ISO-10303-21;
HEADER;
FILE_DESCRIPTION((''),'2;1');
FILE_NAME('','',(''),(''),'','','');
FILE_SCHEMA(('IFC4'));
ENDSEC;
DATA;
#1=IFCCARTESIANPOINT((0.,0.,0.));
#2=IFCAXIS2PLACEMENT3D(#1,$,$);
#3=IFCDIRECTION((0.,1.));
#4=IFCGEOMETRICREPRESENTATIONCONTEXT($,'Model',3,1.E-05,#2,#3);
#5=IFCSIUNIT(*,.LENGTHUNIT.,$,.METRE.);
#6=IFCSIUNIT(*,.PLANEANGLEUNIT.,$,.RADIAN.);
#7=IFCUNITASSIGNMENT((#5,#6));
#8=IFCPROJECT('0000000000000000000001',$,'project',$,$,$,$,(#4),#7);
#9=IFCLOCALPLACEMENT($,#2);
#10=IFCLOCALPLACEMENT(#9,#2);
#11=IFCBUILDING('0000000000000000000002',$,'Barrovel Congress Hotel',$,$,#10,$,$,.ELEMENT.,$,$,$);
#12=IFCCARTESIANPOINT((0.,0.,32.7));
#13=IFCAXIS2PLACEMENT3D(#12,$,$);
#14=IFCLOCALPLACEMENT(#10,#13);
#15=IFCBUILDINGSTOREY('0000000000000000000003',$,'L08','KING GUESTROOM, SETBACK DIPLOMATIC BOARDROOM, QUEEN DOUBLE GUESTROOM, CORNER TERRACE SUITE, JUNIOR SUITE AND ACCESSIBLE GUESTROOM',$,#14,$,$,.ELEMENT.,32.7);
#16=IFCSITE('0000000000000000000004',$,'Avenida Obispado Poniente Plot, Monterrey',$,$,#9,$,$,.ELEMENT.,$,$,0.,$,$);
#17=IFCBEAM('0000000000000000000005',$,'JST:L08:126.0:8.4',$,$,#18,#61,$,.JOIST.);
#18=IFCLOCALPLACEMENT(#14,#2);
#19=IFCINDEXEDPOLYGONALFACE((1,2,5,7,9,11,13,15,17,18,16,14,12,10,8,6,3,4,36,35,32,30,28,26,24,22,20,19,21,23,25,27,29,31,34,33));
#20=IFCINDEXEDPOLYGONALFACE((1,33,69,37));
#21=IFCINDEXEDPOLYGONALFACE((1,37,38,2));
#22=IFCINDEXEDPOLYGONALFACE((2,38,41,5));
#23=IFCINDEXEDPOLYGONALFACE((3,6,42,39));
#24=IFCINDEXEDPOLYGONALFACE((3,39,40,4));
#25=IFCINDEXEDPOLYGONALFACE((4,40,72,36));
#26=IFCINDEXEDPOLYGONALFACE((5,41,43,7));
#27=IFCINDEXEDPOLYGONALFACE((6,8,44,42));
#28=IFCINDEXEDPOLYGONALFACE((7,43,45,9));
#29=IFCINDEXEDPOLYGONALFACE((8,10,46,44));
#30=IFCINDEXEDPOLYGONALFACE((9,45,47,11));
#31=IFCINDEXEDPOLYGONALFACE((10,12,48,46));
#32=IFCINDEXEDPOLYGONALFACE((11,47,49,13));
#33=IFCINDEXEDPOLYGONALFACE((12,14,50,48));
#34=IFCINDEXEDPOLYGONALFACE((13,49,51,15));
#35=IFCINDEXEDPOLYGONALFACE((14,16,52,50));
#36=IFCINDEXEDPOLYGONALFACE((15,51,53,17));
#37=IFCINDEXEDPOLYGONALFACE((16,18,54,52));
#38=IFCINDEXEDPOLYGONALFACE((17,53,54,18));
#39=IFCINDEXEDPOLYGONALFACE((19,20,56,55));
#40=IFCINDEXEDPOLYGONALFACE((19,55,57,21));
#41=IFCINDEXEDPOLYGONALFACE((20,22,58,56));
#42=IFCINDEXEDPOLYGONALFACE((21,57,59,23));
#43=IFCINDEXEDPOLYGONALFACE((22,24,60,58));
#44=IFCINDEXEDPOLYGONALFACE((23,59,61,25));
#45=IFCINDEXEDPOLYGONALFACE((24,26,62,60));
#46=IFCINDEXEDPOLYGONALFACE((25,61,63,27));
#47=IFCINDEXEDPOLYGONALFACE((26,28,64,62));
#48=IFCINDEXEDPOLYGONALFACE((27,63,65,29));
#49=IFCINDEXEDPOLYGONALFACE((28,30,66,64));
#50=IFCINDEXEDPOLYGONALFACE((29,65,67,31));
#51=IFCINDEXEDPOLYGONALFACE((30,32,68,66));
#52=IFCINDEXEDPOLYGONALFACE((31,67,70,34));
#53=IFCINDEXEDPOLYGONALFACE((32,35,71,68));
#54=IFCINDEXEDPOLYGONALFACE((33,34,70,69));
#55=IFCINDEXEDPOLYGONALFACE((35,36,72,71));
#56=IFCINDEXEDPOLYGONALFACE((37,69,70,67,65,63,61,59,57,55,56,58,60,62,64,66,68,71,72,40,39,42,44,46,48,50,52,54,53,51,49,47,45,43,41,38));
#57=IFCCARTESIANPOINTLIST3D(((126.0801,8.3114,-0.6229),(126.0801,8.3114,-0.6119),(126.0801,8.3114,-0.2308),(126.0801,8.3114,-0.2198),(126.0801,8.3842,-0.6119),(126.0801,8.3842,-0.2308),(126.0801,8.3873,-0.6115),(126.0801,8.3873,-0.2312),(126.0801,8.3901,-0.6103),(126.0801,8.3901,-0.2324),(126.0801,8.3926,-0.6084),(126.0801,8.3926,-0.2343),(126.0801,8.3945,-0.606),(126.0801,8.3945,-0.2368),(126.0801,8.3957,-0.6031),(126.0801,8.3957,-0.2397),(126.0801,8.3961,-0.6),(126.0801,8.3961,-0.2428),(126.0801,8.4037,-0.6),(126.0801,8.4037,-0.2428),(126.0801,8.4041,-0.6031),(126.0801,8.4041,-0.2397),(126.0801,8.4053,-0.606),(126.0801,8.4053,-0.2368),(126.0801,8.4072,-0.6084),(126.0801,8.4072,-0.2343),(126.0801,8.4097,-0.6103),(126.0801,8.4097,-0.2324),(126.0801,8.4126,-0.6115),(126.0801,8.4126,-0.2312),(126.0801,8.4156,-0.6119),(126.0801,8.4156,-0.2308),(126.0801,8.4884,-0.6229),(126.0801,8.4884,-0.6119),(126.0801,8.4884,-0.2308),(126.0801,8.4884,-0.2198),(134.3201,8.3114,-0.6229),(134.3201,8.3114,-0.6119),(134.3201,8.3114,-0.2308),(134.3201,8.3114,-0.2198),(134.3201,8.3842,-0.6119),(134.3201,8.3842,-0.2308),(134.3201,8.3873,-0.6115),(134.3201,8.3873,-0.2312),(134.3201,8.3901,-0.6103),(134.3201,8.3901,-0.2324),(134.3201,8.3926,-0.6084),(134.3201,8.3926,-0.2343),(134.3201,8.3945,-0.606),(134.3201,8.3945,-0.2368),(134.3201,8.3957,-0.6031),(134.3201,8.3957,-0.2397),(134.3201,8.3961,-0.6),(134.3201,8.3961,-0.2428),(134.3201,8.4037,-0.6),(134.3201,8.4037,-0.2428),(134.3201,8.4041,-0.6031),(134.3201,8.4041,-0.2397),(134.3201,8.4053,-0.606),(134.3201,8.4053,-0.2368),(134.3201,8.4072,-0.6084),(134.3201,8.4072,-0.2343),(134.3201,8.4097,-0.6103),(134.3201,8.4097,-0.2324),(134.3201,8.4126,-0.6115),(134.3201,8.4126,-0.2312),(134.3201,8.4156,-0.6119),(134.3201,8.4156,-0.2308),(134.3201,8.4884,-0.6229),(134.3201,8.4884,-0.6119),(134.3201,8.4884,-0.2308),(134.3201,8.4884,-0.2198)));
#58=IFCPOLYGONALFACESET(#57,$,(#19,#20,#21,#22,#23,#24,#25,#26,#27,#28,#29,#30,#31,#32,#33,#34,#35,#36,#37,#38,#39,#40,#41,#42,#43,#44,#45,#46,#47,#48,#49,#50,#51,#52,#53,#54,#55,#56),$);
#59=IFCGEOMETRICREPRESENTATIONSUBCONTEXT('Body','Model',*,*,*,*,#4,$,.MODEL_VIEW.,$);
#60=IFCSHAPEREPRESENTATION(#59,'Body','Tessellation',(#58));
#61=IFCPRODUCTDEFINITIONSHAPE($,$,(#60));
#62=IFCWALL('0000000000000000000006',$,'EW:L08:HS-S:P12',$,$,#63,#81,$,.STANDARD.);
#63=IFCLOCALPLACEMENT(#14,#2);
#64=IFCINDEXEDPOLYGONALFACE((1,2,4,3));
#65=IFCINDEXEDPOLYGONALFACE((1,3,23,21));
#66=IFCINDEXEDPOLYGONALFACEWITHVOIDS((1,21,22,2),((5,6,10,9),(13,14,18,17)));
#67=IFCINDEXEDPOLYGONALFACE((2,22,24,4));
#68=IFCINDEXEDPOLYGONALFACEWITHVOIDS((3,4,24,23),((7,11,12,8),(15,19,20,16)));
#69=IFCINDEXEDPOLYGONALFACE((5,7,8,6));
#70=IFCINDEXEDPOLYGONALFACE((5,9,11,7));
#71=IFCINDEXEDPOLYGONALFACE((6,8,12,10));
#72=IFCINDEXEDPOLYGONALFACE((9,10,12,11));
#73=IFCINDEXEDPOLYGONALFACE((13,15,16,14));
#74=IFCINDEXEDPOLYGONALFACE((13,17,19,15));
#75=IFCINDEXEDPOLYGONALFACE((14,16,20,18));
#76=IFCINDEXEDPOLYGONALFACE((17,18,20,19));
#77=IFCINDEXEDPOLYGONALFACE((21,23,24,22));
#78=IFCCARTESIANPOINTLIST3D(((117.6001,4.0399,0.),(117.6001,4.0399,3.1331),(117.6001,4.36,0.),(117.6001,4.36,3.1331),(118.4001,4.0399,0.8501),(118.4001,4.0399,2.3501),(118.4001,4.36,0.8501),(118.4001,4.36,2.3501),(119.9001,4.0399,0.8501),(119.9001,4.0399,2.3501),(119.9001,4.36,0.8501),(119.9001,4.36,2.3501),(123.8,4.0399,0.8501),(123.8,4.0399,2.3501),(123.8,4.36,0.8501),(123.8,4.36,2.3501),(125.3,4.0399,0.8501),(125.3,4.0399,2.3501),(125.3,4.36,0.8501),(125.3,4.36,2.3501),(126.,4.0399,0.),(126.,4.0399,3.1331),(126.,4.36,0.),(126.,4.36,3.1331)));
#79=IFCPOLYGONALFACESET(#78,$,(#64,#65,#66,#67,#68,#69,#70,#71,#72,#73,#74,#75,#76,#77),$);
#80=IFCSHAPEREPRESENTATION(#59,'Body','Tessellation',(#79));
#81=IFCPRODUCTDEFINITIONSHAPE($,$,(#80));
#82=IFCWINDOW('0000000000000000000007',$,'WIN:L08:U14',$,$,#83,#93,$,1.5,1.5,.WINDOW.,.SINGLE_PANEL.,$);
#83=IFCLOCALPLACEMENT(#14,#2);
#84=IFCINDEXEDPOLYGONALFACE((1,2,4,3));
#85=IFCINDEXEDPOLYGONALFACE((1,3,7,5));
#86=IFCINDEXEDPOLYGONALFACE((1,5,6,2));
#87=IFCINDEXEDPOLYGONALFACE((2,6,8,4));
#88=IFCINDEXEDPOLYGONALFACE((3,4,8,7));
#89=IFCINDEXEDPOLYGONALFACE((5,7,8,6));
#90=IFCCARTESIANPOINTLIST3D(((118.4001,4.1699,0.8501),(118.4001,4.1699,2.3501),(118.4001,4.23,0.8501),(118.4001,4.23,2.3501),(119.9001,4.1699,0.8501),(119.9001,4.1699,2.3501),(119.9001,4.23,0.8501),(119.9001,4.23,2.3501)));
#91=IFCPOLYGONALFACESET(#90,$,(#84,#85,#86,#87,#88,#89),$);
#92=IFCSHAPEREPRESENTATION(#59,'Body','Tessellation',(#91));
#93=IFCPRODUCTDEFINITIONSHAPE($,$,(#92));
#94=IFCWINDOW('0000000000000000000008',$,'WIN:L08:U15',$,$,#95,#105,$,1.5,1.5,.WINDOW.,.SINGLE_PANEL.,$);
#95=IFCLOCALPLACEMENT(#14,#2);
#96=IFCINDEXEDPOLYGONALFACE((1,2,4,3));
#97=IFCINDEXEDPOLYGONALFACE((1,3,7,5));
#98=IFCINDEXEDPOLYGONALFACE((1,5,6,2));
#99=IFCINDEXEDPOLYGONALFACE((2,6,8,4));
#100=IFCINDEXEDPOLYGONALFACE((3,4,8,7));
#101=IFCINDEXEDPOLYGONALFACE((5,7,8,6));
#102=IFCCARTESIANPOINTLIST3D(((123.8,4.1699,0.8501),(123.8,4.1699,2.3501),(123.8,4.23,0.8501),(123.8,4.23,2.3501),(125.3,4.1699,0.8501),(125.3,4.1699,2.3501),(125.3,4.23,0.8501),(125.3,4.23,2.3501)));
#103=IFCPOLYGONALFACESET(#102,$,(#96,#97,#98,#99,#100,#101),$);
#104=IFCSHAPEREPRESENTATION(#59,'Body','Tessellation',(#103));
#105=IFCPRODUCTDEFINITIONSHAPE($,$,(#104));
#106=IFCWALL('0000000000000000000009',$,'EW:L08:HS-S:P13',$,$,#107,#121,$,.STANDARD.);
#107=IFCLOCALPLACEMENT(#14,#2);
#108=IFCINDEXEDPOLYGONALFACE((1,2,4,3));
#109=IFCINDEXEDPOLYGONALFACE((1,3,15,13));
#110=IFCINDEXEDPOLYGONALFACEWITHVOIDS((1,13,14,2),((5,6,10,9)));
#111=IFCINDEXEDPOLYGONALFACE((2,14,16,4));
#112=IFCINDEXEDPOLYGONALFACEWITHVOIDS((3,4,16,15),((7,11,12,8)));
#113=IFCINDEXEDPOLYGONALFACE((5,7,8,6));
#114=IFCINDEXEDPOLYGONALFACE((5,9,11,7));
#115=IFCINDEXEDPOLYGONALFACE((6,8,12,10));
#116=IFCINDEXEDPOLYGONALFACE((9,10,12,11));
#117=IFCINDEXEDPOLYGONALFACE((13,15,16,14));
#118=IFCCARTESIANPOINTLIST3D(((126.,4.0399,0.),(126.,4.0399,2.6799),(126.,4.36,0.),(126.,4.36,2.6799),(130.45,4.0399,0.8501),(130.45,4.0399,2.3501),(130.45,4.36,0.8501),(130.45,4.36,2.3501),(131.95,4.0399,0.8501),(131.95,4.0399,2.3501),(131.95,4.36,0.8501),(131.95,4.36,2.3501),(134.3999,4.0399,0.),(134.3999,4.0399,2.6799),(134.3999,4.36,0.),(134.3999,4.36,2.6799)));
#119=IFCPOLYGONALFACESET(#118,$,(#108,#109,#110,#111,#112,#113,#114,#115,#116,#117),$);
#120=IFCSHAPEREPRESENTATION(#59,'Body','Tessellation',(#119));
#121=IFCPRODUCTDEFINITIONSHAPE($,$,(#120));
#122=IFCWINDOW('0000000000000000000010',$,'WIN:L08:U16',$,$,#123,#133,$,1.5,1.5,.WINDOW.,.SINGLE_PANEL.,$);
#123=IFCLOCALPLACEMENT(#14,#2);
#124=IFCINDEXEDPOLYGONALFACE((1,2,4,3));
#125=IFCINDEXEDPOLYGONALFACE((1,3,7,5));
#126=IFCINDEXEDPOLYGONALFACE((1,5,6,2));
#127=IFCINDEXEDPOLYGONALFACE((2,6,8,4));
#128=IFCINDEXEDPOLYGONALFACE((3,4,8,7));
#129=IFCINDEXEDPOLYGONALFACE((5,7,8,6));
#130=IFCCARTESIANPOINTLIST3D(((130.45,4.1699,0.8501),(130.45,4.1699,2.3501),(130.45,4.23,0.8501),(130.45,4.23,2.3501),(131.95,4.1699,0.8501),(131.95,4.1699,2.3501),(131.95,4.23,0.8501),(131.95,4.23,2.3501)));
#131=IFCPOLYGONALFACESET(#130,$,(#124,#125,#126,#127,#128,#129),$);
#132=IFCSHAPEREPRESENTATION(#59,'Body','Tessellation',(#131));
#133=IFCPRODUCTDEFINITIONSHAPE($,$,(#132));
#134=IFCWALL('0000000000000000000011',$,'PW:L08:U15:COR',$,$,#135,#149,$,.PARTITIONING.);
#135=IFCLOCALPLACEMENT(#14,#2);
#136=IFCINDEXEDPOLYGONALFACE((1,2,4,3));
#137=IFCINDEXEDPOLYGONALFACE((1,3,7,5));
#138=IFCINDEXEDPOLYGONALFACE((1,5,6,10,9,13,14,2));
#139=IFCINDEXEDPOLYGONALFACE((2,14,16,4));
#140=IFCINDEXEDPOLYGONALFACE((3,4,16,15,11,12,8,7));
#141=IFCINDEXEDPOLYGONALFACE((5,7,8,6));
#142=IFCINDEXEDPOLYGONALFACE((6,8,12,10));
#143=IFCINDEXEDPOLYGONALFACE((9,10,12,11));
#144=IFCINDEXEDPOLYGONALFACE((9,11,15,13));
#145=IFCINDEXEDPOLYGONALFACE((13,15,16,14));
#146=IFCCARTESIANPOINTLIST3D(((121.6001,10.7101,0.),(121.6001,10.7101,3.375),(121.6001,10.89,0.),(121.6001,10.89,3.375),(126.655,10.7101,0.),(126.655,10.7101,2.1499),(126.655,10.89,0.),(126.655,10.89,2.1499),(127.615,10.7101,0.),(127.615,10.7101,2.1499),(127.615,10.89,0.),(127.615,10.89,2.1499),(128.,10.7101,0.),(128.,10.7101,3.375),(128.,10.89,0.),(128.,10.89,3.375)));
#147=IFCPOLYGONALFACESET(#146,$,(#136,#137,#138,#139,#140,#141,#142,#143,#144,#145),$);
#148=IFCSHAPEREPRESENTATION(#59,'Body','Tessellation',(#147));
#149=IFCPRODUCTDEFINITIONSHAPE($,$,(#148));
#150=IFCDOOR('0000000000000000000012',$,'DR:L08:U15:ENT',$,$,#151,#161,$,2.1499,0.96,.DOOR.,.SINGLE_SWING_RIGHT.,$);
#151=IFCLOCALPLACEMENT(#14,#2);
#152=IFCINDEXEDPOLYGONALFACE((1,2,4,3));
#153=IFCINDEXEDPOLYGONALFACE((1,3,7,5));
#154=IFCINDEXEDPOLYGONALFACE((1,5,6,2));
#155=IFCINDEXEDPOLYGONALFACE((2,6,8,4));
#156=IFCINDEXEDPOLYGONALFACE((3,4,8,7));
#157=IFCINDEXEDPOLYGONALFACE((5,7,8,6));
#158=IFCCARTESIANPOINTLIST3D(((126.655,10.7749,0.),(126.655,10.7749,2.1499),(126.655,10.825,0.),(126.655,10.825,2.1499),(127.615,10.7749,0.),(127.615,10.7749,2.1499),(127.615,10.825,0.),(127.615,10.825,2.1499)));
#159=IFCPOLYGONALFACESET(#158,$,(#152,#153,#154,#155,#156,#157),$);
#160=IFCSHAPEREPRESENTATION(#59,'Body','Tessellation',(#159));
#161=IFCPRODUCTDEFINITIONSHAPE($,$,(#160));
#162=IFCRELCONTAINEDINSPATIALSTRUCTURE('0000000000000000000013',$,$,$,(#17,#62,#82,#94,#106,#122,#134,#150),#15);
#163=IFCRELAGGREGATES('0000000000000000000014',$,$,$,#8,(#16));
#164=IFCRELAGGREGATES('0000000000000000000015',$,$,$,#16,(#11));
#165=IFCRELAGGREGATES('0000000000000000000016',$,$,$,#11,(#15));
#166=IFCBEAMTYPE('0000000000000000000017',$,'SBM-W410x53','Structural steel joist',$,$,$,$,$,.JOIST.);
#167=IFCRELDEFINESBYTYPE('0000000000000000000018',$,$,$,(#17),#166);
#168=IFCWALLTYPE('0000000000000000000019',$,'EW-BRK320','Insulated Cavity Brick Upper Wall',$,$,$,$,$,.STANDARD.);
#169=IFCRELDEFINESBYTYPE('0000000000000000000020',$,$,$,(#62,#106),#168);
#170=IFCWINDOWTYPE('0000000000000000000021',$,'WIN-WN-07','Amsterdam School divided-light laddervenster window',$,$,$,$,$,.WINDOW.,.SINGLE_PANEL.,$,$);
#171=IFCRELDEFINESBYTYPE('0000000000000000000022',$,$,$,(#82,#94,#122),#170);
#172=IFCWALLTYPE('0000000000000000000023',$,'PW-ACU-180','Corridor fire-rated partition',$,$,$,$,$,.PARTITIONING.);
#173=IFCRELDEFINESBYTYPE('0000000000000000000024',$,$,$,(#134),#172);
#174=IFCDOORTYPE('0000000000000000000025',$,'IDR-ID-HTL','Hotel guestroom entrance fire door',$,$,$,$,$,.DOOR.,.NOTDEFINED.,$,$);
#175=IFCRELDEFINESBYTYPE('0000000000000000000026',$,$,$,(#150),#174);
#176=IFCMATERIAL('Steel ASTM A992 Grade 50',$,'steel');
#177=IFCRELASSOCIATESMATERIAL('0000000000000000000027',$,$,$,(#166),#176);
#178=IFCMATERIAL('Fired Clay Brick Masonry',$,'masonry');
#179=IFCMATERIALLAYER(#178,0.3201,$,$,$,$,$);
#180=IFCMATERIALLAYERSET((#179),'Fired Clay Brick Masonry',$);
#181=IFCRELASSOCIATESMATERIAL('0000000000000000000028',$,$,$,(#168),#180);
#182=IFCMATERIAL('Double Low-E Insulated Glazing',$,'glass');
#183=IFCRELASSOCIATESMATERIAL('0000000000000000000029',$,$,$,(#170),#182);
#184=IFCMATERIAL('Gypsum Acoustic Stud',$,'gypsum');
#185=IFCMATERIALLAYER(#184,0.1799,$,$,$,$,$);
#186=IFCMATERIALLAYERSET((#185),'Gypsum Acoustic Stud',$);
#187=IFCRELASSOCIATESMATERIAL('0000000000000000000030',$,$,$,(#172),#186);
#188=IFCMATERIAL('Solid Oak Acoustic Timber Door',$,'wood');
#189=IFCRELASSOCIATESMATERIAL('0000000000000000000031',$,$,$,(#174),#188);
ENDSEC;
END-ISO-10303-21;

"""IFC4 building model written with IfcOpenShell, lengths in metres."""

from ifc_helpers import new_model, si_unit, direction, frame, frame_2d, origin, origin_2d, place, context, subcontext, project, spatial, rectangle, i_section, extrude, material, layer, layer_set, material_profile, profile_set, type_object, element, fill, save


model = new_model("IFC4")

# Units and contexts
model_context = context("Model", 3, precision=1e-05, world=origin(), true_north=direction((0.0, 1.0)))
body_context = subcontext(model_context, "Body", "Model", "MODEL_VIEW")
ifc_project = project(units=[si_unit("LENGTHUNIT", "METRE"), si_unit("PLANEANGLEUNIT", "RADIAN")], contexts=[model_context])

# Site, building, storey
site_placement = place(None, origin())
site = spatial("IfcSite", under=ifc_project, at=site_placement, Name="Avenida Obispado Poniente Plot, Monterrey", CompositionType="ELEMENT", RefElevation=0.0)
building_placement = place(site_placement, origin())
building = spatial("IfcBuilding", under=site, at=building_placement, Name="Barrovel Congress Hotel", CompositionType="ELEMENT")
storey_placement = place(building_placement, frame((0.0, 0.0, 32.7)))
storey = spatial("IfcBuildingStorey", under=building, at=storey_placement, Name="L08", Description="KING GUESTROOM, SETBACK DIPLOMATIC BOARDROOM, QUEEN DOUBLE GUESTROOM, CORNER TERRACE SUITE, JUNIOR SUITE AND ACCESSIBLE GUESTROOM", CompositionType="ELEMENT", Elevation=32.7)

# Beam
ifc_material_1 = material(Name="Steel ASTM A992 Grade 50", Category="steel")
ifc_material_profile_1 = material_profile(ifc_material_1, i_section(OverallWidth=0.177, OverallDepth=0.4031, WebThickness=0.0076, FlangeThickness=0.011, FilletRadius=0.012, at=origin_2d()), Name="W410x53")
ifc_profile_set_1 = profile_set([ifc_material_profile_1], Name="Steel ASTM A992 Grade 50")
beam_type_1 = type_object("IfcBeamType", Name="SBM-W410x53", Description="Structural steel joist", PredefinedType="JOIST", material=ifc_profile_set_1)
beam_1_placement = place(storey_placement, frame((126.0801, 8.3999, -0.4214), z_axis=(1.0, 0.0, 0.0), x_axis=(0.0, 1.0, 0.0)))
element("IfcBeam", 1, at=beam_1_placement, inside=storey, type_object=beam_type_1, Name="JST:L08:126.0:8.4", PredefinedType="JOIST", context=body_context, shape_type="SweptSolid", body=[
    extrude(i_section(OverallWidth=0.177, OverallDepth=0.4031, WebThickness=0.0076, FlangeThickness=0.011, FilletRadius=0.012, at=origin_2d()), origin(), (0.0, 0.0, 1.0), 8.24),
])

# Wall, openings, windows
ifc_material_2 = material(Name="Fired Clay Brick Masonry", Category="masonry")
ifc_layer_1 = layer(ifc_material_2, 0.3201)
ifc_layer_set_1 = layer_set([ifc_layer_1], Name="Fired Clay Brick Masonry")
wall_type_1 = type_object("IfcWallType", Name="EW-BRK320", Description="Insulated Cavity Brick Upper Wall", PredefinedType="STANDARD", material=ifc_layer_set_1)
wall_1_placement = place(storey_placement, frame((117.6001, 4.2, 0.0), z_axis=(0.0, 0.0, 1.0), x_axis=(1.0, 0.0, 0.0)))
wall_1 = element("IfcWall", 2, at=wall_1_placement, inside=storey, type_object=wall_type_1, Name="EW:L08:HS-S:P12", PredefinedType="STANDARD", context=body_context, shape_type="SweptSolid", body=[
    extrude(rectangle(XDim=8.3999, YDim=0.3201, at=frame_2d((4.2, 0.0))), origin(), (0.0, 0.0, 1.0), 3.1331),
])
opening_1_placement = place(wall_1_placement, frame((0.8, 0.0, 0.8501)))
opening_1 = element("IfcOpeningElement", 3, at=opening_1_placement, cuts=wall_1, PredefinedType="OPENING", context=body_context, shape_type="SweptSolid", body=[
    extrude(rectangle(XDim=1.5, YDim=1.5, at=frame_2d((0.75, 0.75))), frame((0.0, 0.1699, 0.0), z_axis=(0.0, -1.0, 0.0), x_axis=(1.0, 0.0, 0.0)), (0.0, 0.0, 1.0), 0.3401),
])
opening_2_placement = place(wall_1_placement, frame((6.2, 0.0, 0.8501)))
opening_2 = element("IfcOpeningElement", 4, at=opening_2_placement, cuts=wall_1, PredefinedType="OPENING", context=body_context, shape_type="SweptSolid", body=[
    extrude(rectangle(XDim=1.5, YDim=1.5, at=frame_2d((0.75, 0.75))), frame((0.0, 0.1699, 0.0), z_axis=(0.0, -1.0, 0.0), x_axis=(1.0, 0.0, 0.0)), (0.0, 0.0, 1.0), 0.3401),
])
ifc_material_3 = material(Name="Double Low-E Insulated Glazing", Category="glass")
window_type = type_object("IfcWindowType", Name="WIN-WN-07", Description="Amsterdam School divided-light laddervenster window", PartitioningType="SINGLE_PANEL", PredefinedType="WINDOW", material=ifc_material_3)
window_1_placement = place(opening_1_placement, origin())
window_1 = element("IfcWindow", 5, at=window_1_placement, inside=storey, type_object=window_type, Name="WIN:L08:U14", OverallHeight=1.5, OverallWidth=1.5, PartitioningType="SINGLE_PANEL", PredefinedType="WINDOW", context=body_context, shape_type="SweptSolid", body=[
    extrude(rectangle(XDim=1.5, YDim=1.5, at=frame_2d((0.75, 0.75))), frame((0.0, 0.03, 0.0), z_axis=(0.0, -1.0, 0.0), x_axis=(1.0, 0.0, 0.0)), (0.0, 0.0, 1.0), 0.0601),
])
fill(opening_1, window_1)
window_2_placement = place(opening_2_placement, origin())
window_2 = element("IfcWindow", 6, at=window_2_placement, inside=storey, type_object=window_type, Name="WIN:L08:U15", OverallHeight=1.5, OverallWidth=1.5, PartitioningType="SINGLE_PANEL", PredefinedType="WINDOW", context=body_context, shape_type="SweptSolid", body=[
    extrude(rectangle(XDim=1.5, YDim=1.5, at=frame_2d((0.75, 0.75))), frame((0.0, 0.03, 0.0), z_axis=(0.0, -1.0, 0.0), x_axis=(1.0, 0.0, 0.0)), (0.0, 0.0, 1.0), 0.0601),
])
fill(opening_2, window_2)

# Wall, opening, window
wall_2_placement = place(storey_placement, frame((126.0, 4.2, 0.0), z_axis=(0.0, 0.0, 1.0), x_axis=(1.0, 0.0, 0.0)))
wall_2 = element("IfcWall", 7, at=wall_2_placement, inside=storey, type_object=wall_type_1, Name="EW:L08:HS-S:P13", PredefinedType="STANDARD", context=body_context, shape_type="SweptSolid", body=[
    extrude(rectangle(XDim=8.3999, YDim=0.3201, at=frame_2d((4.2, 0.0))), origin(), (0.0, 0.0, 1.0), 2.6799),
])
opening_3_placement = place(wall_2_placement, frame((4.45, 0.0, 0.8501)))
opening_3 = element("IfcOpeningElement", 8, at=opening_3_placement, cuts=wall_2, PredefinedType="OPENING", context=body_context, shape_type="SweptSolid", body=[
    extrude(rectangle(XDim=1.5, YDim=1.5, at=frame_2d((0.75, 0.75))), frame((0.0, 0.1699, 0.0), z_axis=(0.0, -1.0, 0.0), x_axis=(1.0, 0.0, 0.0)), (0.0, 0.0, 1.0), 0.3401),
])
window_3_placement = place(opening_3_placement, origin())
window_3 = element("IfcWindow", 9, at=window_3_placement, inside=storey, type_object=window_type, Name="WIN:L08:U16", OverallHeight=1.5, OverallWidth=1.5, PartitioningType="SINGLE_PANEL", PredefinedType="WINDOW", context=body_context, shape_type="SweptSolid", body=[
    extrude(rectangle(XDim=1.5, YDim=1.5, at=frame_2d((0.75, 0.75))), frame((0.0, 0.03, 0.0), z_axis=(0.0, -1.0, 0.0), x_axis=(1.0, 0.0, 0.0)), (0.0, 0.0, 1.0), 0.0601),
])
fill(opening_3, window_3)

# Wall, opening, door
ifc_material_4 = material(Name="Gypsum Acoustic Stud", Category="gypsum")
ifc_layer_2 = layer(ifc_material_4, 0.1799)
ifc_layer_set_2 = layer_set([ifc_layer_2], Name="Gypsum Acoustic Stud")
wall_type_2 = type_object("IfcWallType", Name="PW-ACU-180", Description="Corridor fire-rated partition", PredefinedType="PARTITIONING", material=ifc_layer_set_2)
wall_3_placement = place(storey_placement, frame((121.6001, 10.8, 0.0), z_axis=(0.0, 0.0, 1.0), x_axis=(1.0, 0.0, 0.0)))
wall_3 = element("IfcWall", 10, at=wall_3_placement, inside=storey, type_object=wall_type_2, Name="PW:L08:U15:COR", PredefinedType="PARTITIONING", context=body_context, shape_type="SweptSolid", body=[
    extrude(rectangle(XDim=6.3999, YDim=0.1799, at=frame_2d((3.2, 0.0))), origin(), (0.0, 0.0, 1.0), 3.375),
])
opening_4_placement = place(wall_3_placement, frame((5.0549, 0.0, 0.0)))
opening_4 = element("IfcOpeningElement", 11, at=opening_4_placement, cuts=wall_3, PredefinedType="OPENING", context=body_context, shape_type="SweptSolid", body=[
    extrude(rectangle(XDim=0.96, YDim=2.1499, at=frame_2d((0.48, 1.075))), frame((0.0, 0.1001, 0.0), z_axis=(0.0, -1.0, 0.0), x_axis=(1.0, 0.0, 0.0)), (0.0, 0.0, 1.0), 0.2),
])
ifc_material_5 = material(Name="Solid Oak Acoustic Timber Door", Category="wood")
door_type_1 = type_object("IfcDoorType", Name="IDR-ID-HTL", Description="Hotel guestroom entrance fire door", OperationType="NOTDEFINED", PredefinedType="DOOR", material=ifc_material_5)
door_1_placement = place(opening_4_placement, origin())
door_1 = element("IfcDoor", 12, at=door_1_placement, inside=storey, type_object=door_type_1, Name="DR:L08:U15:ENT", OperationType="SINGLE_SWING_RIGHT", OverallHeight=2.1499, OverallWidth=0.96, PredefinedType="DOOR", context=body_context, shape_type="SweptSolid", body=[
    extrude(rectangle(XDim=0.96, YDim=2.1499, at=frame_2d((0.48, 1.075))), frame((0.0, 0.0249, 0.0), z_axis=(0.0, -1.0, 0.0), x_axis=(1.0, 0.0, 0.0)), (0.0, 0.0, 1.0), 0.05),
])
fill(opening_4, door_1)

save(model, "model.ifc")
